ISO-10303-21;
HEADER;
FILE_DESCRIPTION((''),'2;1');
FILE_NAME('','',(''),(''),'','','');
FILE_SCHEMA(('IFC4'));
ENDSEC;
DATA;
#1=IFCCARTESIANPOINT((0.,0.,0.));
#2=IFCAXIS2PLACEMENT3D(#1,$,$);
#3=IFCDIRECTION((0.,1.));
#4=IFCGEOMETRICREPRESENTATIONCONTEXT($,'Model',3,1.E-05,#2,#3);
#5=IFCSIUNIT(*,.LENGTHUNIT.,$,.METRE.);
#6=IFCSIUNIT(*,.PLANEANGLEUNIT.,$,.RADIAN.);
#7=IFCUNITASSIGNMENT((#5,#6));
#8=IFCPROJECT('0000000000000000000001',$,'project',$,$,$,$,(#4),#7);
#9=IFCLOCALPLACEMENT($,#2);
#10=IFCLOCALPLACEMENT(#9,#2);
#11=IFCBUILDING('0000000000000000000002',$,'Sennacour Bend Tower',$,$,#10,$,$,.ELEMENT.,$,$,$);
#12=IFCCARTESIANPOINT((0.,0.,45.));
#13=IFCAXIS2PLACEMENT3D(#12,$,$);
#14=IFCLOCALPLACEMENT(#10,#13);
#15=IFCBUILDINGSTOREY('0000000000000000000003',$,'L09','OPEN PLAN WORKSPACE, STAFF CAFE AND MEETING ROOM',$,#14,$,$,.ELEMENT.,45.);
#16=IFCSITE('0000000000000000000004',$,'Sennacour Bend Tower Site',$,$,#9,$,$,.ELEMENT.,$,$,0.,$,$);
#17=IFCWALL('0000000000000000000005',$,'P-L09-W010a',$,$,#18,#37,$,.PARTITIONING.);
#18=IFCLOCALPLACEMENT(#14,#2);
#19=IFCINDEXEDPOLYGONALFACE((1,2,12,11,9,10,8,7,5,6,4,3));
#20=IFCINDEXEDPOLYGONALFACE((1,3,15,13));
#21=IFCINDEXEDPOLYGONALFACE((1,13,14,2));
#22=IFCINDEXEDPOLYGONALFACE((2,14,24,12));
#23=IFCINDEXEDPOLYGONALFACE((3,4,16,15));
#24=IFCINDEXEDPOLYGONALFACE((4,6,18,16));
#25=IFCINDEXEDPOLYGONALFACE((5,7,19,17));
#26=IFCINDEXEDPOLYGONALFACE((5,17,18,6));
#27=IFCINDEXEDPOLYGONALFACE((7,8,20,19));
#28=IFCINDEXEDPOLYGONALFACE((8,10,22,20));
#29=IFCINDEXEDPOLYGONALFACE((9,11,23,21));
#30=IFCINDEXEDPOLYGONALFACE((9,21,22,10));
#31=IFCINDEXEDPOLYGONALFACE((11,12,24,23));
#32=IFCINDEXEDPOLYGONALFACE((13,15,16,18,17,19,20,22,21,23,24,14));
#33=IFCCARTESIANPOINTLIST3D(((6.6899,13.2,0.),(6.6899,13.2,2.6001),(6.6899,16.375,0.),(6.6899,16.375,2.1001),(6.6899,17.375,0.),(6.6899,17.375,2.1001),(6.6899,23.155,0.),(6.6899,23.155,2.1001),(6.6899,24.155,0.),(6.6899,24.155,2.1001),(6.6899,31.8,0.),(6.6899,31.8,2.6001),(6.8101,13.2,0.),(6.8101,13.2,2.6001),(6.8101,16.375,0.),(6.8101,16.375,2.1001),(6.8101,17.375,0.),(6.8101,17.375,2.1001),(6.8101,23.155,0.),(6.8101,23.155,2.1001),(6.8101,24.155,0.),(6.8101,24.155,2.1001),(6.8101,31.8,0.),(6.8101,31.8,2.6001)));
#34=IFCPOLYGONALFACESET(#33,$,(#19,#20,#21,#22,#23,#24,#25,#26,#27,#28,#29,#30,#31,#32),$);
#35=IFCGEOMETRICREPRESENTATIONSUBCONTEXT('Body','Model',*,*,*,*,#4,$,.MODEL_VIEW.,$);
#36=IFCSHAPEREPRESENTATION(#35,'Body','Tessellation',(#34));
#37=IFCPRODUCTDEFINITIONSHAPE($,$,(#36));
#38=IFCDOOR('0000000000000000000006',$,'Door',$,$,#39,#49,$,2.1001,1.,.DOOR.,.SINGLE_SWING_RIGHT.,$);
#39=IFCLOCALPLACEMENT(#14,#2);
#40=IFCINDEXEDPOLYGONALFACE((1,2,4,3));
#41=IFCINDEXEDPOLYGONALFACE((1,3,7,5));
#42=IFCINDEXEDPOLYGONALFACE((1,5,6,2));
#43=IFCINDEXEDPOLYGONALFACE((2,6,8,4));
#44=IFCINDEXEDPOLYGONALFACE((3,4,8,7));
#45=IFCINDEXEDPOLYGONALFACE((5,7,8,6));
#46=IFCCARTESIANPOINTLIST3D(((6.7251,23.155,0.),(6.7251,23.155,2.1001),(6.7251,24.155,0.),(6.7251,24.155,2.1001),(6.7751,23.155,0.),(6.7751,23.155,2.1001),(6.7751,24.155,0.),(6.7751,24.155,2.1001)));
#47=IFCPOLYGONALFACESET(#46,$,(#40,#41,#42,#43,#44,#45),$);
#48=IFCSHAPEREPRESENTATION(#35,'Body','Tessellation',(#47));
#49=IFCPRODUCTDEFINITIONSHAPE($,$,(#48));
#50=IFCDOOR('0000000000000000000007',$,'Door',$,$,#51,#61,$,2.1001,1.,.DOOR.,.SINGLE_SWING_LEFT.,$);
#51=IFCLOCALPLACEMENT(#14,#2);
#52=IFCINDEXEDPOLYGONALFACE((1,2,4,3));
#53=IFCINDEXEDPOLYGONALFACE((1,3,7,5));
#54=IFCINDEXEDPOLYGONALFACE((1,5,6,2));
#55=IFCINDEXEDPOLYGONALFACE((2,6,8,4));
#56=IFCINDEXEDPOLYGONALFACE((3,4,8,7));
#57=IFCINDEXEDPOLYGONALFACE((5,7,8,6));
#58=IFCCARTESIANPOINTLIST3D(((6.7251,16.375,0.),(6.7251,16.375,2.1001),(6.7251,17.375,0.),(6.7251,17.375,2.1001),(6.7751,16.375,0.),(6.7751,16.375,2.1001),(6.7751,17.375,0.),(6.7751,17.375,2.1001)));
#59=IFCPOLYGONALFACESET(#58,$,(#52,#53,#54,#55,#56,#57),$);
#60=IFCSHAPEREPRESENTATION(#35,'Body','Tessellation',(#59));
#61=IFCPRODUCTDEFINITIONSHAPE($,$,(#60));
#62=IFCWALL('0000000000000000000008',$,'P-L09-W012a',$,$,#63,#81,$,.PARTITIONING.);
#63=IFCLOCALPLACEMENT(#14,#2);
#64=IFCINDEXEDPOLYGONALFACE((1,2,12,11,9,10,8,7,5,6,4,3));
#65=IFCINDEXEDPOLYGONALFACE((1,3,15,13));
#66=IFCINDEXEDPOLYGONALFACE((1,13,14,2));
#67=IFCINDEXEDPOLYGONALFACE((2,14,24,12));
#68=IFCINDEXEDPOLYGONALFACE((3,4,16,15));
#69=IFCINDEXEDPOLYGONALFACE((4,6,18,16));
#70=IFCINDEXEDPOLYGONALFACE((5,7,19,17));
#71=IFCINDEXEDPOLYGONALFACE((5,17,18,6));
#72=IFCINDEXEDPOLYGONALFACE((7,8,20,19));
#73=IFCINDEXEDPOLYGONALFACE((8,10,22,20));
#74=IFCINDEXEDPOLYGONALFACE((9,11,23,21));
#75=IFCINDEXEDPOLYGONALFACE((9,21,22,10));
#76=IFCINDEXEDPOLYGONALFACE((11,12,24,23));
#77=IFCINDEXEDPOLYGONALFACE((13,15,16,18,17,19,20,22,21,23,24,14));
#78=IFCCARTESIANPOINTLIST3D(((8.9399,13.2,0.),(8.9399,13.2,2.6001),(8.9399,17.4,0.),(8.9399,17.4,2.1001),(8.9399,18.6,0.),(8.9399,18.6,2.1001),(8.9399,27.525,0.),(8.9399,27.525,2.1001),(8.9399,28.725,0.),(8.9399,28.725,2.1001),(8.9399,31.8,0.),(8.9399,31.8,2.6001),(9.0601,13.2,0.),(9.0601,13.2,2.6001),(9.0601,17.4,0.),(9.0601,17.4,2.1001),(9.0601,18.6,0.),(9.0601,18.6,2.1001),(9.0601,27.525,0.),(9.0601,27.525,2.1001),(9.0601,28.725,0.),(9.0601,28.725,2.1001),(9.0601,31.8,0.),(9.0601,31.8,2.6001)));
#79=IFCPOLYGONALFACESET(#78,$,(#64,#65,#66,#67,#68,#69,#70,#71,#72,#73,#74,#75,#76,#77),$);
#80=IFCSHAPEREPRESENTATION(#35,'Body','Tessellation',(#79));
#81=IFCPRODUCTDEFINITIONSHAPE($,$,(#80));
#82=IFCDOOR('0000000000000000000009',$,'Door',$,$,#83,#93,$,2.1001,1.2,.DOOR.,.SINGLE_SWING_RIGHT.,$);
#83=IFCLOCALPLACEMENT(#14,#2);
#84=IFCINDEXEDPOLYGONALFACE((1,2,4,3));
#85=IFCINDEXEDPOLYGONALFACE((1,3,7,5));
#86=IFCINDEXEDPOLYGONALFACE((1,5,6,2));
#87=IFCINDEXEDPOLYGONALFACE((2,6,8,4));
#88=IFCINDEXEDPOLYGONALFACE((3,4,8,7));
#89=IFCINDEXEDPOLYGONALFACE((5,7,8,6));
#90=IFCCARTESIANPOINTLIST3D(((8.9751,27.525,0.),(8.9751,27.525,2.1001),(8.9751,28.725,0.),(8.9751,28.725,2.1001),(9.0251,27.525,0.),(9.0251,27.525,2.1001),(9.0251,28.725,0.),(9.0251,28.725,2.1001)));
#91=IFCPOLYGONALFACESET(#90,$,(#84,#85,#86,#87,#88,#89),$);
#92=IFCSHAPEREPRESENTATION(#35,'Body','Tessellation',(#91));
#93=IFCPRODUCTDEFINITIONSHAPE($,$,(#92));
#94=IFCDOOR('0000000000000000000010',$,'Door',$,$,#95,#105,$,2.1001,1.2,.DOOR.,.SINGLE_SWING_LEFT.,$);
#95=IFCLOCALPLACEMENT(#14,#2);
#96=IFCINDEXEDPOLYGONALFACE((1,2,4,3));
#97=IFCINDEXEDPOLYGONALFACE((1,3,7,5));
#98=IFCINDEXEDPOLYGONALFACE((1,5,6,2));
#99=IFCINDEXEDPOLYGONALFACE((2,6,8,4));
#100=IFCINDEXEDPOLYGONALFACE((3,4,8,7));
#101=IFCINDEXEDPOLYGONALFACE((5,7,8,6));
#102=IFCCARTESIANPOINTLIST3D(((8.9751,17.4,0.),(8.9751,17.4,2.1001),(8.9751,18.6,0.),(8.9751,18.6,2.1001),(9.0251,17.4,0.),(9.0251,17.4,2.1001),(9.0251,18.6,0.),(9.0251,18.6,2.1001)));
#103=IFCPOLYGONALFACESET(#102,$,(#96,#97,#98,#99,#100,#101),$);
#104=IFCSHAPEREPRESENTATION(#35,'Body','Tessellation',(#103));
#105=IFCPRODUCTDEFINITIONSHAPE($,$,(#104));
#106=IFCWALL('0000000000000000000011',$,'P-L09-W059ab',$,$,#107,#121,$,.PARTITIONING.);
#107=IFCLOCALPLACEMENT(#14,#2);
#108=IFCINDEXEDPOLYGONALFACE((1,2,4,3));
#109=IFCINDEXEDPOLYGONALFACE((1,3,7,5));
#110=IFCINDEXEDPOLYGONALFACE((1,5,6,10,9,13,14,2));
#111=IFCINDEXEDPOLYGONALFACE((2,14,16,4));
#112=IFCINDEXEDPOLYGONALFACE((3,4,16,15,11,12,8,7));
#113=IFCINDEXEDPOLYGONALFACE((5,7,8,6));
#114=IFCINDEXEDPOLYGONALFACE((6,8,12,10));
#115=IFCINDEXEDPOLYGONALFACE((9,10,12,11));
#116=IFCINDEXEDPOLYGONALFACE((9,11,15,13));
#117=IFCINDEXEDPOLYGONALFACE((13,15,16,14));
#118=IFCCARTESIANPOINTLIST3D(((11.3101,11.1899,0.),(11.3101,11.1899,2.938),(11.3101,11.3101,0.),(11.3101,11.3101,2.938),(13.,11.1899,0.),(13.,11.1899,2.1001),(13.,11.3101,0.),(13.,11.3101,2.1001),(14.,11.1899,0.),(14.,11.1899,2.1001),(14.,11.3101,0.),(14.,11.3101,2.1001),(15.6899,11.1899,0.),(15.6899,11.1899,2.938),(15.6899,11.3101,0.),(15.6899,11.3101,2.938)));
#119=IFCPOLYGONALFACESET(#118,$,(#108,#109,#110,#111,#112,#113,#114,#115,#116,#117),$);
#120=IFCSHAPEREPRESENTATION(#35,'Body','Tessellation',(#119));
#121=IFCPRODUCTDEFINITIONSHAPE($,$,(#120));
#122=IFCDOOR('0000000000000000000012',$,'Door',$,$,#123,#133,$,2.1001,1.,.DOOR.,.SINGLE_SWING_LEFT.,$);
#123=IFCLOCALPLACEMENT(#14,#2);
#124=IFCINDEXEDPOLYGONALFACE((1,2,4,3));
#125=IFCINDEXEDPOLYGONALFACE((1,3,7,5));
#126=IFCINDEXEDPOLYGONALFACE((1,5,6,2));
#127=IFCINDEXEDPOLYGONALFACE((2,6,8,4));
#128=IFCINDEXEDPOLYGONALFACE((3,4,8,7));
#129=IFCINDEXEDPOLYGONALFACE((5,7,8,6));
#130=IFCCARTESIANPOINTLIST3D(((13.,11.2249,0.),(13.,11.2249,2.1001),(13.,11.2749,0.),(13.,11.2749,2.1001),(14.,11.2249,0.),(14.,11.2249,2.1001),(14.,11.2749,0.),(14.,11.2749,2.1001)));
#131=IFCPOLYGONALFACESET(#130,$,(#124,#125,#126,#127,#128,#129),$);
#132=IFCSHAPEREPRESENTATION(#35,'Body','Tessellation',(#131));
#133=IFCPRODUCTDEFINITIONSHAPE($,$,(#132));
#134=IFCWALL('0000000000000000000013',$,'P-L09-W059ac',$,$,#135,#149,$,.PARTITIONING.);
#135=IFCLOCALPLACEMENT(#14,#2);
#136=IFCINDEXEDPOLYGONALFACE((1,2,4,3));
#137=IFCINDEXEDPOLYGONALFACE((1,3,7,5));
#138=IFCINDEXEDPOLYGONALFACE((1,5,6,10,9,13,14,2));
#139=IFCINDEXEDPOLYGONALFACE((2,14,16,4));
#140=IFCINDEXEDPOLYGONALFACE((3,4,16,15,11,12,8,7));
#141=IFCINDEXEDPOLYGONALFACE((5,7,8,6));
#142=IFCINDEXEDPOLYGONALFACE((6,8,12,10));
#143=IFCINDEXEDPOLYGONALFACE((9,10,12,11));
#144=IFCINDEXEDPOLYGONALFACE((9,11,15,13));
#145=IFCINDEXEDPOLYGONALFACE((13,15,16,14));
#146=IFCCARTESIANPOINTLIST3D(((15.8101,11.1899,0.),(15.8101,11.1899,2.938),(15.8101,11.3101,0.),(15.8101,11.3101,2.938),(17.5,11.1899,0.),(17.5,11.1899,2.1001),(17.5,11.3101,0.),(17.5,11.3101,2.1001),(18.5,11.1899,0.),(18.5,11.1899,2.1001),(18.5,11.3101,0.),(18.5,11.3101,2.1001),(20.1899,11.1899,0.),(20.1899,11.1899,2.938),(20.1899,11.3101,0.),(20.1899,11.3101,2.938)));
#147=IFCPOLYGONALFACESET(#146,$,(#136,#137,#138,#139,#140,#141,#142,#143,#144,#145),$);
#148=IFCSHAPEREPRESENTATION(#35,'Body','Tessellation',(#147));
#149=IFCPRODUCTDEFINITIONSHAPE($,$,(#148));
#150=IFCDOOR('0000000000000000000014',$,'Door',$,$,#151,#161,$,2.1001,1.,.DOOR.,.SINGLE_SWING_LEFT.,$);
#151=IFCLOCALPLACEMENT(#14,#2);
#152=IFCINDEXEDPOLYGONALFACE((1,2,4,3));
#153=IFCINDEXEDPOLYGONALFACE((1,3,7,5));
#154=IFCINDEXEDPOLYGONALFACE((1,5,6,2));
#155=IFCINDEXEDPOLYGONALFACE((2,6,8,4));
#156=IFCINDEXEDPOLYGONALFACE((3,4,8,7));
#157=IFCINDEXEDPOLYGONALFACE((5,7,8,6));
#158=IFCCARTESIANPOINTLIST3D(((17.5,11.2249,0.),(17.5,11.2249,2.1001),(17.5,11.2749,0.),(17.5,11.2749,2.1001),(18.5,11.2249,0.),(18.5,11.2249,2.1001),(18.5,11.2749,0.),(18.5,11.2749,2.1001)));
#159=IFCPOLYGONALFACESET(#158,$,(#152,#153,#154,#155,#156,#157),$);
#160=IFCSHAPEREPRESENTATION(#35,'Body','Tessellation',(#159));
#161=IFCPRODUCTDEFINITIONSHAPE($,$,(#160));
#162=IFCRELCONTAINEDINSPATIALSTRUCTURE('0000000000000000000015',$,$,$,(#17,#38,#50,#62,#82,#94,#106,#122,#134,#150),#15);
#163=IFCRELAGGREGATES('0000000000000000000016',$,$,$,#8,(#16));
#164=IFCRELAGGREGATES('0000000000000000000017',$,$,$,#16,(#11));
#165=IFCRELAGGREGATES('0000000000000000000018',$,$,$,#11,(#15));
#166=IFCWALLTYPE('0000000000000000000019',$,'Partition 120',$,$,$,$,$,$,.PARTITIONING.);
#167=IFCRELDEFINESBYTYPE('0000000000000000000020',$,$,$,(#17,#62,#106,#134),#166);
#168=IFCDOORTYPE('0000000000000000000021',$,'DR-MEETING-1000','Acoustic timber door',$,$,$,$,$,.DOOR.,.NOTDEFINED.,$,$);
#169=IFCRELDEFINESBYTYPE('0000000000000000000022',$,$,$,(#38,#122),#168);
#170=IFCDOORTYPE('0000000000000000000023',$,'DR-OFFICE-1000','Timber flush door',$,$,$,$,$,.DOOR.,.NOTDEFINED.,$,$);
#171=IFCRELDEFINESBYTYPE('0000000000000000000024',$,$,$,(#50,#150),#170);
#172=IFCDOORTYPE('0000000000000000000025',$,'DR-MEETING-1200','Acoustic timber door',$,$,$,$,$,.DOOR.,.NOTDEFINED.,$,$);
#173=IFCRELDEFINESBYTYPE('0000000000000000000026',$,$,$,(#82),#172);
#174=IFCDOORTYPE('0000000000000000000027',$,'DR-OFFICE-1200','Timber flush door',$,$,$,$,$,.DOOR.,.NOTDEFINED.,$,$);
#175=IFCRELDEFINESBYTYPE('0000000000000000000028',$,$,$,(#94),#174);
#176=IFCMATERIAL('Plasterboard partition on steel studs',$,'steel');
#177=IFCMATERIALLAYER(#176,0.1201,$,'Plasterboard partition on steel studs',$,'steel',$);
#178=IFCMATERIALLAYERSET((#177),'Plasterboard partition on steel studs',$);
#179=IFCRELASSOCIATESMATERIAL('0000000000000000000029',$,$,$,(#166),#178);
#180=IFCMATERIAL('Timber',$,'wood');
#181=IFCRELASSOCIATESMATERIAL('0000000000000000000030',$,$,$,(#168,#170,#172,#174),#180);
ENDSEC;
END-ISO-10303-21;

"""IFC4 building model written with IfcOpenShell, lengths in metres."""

from ifc_helpers import new_model, si_unit, direction, frame, frame_2d, origin, place, context, subcontext, project, spatial, rectangle, extrude, material, layer, layer_set, type_object, element, fill, save


model = new_model("IFC4")

# Units and contexts
model_context = context("Model", 3, precision=1e-05, world=origin(), true_north=direction((0.0, 1.0)))
body_context = subcontext(model_context, "Body", "Model", "MODEL_VIEW")
ifc_project = project(units=[si_unit("LENGTHUNIT", "METRE"), si_unit("PLANEANGLEUNIT", "RADIAN")], contexts=[model_context])

# Site, building, storey
site_placement = place(None, origin())
site = spatial("IfcSite", under=ifc_project, at=site_placement, Name="Sennacour Bend Tower Site", CompositionType="ELEMENT", RefElevation=0.0)
building_placement = place(site_placement, origin())
building = spatial("IfcBuilding", under=site, at=building_placement, Name="Sennacour Bend Tower", CompositionType="ELEMENT")
storey_placement = place(building_placement, frame((0.0, 0.0, 45.0)))
storey = spatial("IfcBuildingStorey", under=building, at=storey_placement, Name="L09", Description="OPEN PLAN WORKSPACE, STAFF CAFE AND MEETING ROOM", CompositionType="ELEMENT", Elevation=45.0)

# Walls, openings, doors
ifc_material_1 = material(Name="Plasterboard partition on steel studs", Category="steel")
ifc_layer_1 = layer(ifc_material_1, 0.1201, Name="Plasterboard partition on steel studs", Category="steel")
ifc_layer_set_1 = layer_set([ifc_layer_1], Name="Plasterboard partition on steel studs")
wall_type_1 = type_object("IfcWallType", Name="Partition 120", PredefinedType="PARTITIONING", material=ifc_layer_set_1)
wall_1_placement = place(storey_placement, frame((6.75, 13.2, 0.0), z_axis=(0.0, 0.0, 1.0), x_axis=(0.0, 1.0, 0.0)))
wall_1 = element("IfcWall", 1, at=wall_1_placement, inside=storey, type_object=wall_type_1, Name="P-L09-W010a", PredefinedType="PARTITIONING", context=body_context, shape_type="SweptSolid", body=[
    extrude(rectangle(XDim=18.6001, YDim=0.1201, at=frame_2d((9.3, 0.0))), origin(), (0.0, 0.0, 1.0), 2.6001),
])
opening_1_placement = place(wall_1_placement, frame((3.175, 0.0, 0.0)))
opening_1 = element("IfcOpeningElement", 2, at=opening_1_placement, cuts=wall_1, PredefinedType="OPENING", context=body_context, shape_type="SweptSolid", body=[
    extrude(rectangle(XDim=1.0, YDim=2.1001, at=frame_2d((0.5, 1.05))), frame((0.0, 0.0701, 0.0), z_axis=(0.0, -1.0, 0.0), x_axis=(1.0, 0.0, 0.0)), (0.0, 0.0, 1.0), 0.1401),
])
opening_2_placement = place(wall_1_placement, frame((9.9551, 0.0, 0.0)))
opening_2 = element("IfcOpeningElement", 3, at=opening_2_placement, cuts=wall_1, PredefinedType="OPENING", context=body_context, shape_type="SweptSolid", body=[
    extrude(rectangle(XDim=1.0, YDim=2.1001, at=frame_2d((0.5, 1.05))), frame((0.0, 0.0701, 0.0), z_axis=(0.0, -1.0, 0.0), x_axis=(1.0, 0.0, 0.0)), (0.0, 0.0, 1.0), 0.1401),
])
ifc_material_2 = material(Name="Timber", Category="wood")
door_type_1 = type_object("IfcDoorType", Name="DR-MEETING-1000", Description="Acoustic timber door", OperationType="NOTDEFINED", PredefinedType="DOOR", material=ifc_material_2)
door_1_placement = place(opening_2_placement, origin())
door_1 = element("IfcDoor", 4, at=door_1_placement, inside=storey, type_object=door_type_1, Name="Door", OperationType="SINGLE_SWING_RIGHT", OverallHeight=2.1001, OverallWidth=1.0, PredefinedType="DOOR", context=body_context, shape_type="SweptSolid", body=[
    extrude(rectangle(XDim=1.0, YDim=2.1001, at=frame_2d((0.5, 1.05))), frame((0.0, 0.0249, 0.0), z_axis=(0.0, -1.0, 0.0), x_axis=(1.0, 0.0, 0.0)), (0.0, 0.0, 1.0), 0.05),
])
fill(opening_2, door_1)
door_type_2 = type_object("IfcDoorType", Name="DR-OFFICE-1000", Description="Timber flush door", OperationType="NOTDEFINED", PredefinedType="DOOR", material=ifc_material_2)
door_2_placement = place(opening_1_placement, origin())
door_2 = element("IfcDoor", 5, at=door_2_placement, inside=storey, type_object=door_type_2, Name="Door", OperationType="SINGLE_SWING_LEFT", OverallHeight=2.1001, OverallWidth=1.0, PredefinedType="DOOR", context=body_context, shape_type="SweptSolid", body=[
    extrude(rectangle(XDim=1.0, YDim=2.1001, at=frame_2d((0.5, 1.05))), frame((0.0, 0.0249, 0.0), z_axis=(0.0, -1.0, 0.0), x_axis=(1.0, 0.0, 0.0)), (0.0, 0.0, 1.0), 0.05),
])
fill(opening_1, door_2)
wall_2_placement = place(storey_placement, frame((9.0, 13.2, 0.0), z_axis=(0.0, 0.0, 1.0), x_axis=(0.0, 1.0, 0.0)))
wall_2 = element("IfcWall", 6, at=wall_2_placement, inside=storey, type_object=wall_type_1, Name="P-L09-W012a", PredefinedType="PARTITIONING", context=body_context, shape_type="SweptSolid", body=[
    extrude(rectangle(XDim=18.6001, YDim=0.1201, at=frame_2d((9.3, 0.0))), origin(), (0.0, 0.0, 1.0), 2.6001),
])
opening_3_placement = place(wall_2_placement, frame((14.325, 0.0, 0.0)))
opening_3 = element("IfcOpeningElement", 7, at=opening_3_placement, cuts=wall_2, PredefinedType="OPENING", context=body_context, shape_type="SweptSolid", body=[
    extrude(rectangle(XDim=1.2, YDim=2.1001, at=frame_2d((0.6001, 1.05))), frame((0.0, 0.0701, 0.0), z_axis=(0.0, -1.0, 0.0), x_axis=(1.0, 0.0, 0.0)), (0.0, 0.0, 1.0), 0.1401),
])
opening_4_placement = place(wall_2_placement, frame((4.2, 0.0, 0.0)))
opening_4 = element("IfcOpeningElement", 8, at=opening_4_placement, cuts=wall_2, PredefinedType="OPENING", context=body_context, shape_type="SweptSolid", body=[
    extrude(rectangle(XDim=1.2, YDim=2.1001, at=frame_2d((0.6001, 1.05))), frame((0.0, 0.0701, 0.0), z_axis=(0.0, -1.0, 0.0), x_axis=(1.0, 0.0, 0.0)), (0.0, 0.0, 1.0), 0.1401),
])
door_type_3 = type_object("IfcDoorType", Name="DR-MEETING-1200", Description="Acoustic timber door", OperationType="NOTDEFINED", PredefinedType="DOOR", material=ifc_material_2)
door_3_placement = place(opening_3_placement, origin())
door_3 = element("IfcDoor", 9, at=door_3_placement, inside=storey, type_object=door_type_3, Name="Door", OperationType="SINGLE_SWING_RIGHT", OverallHeight=2.1001, OverallWidth=1.2, PredefinedType="DOOR", context=body_context, shape_type="SweptSolid", body=[
    extrude(rectangle(XDim=1.2, YDim=2.1001, at=frame_2d((0.6001, 1.05))), frame((0.0, 0.0249, 0.0), z_axis=(0.0, -1.0, 0.0), x_axis=(1.0, 0.0, 0.0)), (0.0, 0.0, 1.0), 0.05),
])
fill(opening_3, door_3)
door_type_4 = type_object("IfcDoorType", Name="DR-OFFICE-1200", Description="Timber flush door", OperationType="NOTDEFINED", PredefinedType="DOOR", material=ifc_material_2)
door_4_placement = place(opening_4_placement, origin())
door_4 = element("IfcDoor", 10, at=door_4_placement, inside=storey, type_object=door_type_4, Name="Door", OperationType="SINGLE_SWING_LEFT", OverallHeight=2.1001, OverallWidth=1.2, PredefinedType="DOOR", context=body_context, shape_type="SweptSolid", body=[
    extrude(rectangle(XDim=1.2, YDim=2.1001, at=frame_2d((0.6001, 1.05))), frame((0.0, 0.0249, 0.0), z_axis=(0.0, -1.0, 0.0), x_axis=(1.0, 0.0, 0.0)), (0.0, 0.0, 1.0), 0.05),
])
fill(opening_4, door_4)

# Walls, openings, doors
wall_3_placement = place(storey_placement, frame((11.3101, 11.25, 0.0), z_axis=(0.0, 0.0, 1.0), x_axis=(1.0, 0.0, 0.0)))
wall_3 = element("IfcWall", 11, at=wall_3_placement, inside=storey, type_object=wall_type_1, Name="P-L09-W059ab", PredefinedType="PARTITIONING", context=body_context, shape_type="SweptSolid", body=[
    extrude(rectangle(XDim=4.3799, YDim=0.1201, at=frame_2d((2.1899, 0.0))), origin(), (0.0, 0.0, 1.0), 2.938),
])
opening_5_placement = place(wall_3_placement, frame((1.6899, 0.0, 0.0)))
opening_5 = element("IfcOpeningElement", 12, at=opening_5_placement, cuts=wall_3, PredefinedType="OPENING", context=body_context, shape_type="SweptSolid", body=[
    extrude(rectangle(XDim=1.0, YDim=2.1001, at=frame_2d((0.5, 1.05))), frame((0.0, 0.0701, 0.0), z_axis=(0.0, -1.0, 0.0), x_axis=(1.0, 0.0, 0.0)), (0.0, 0.0, 1.0), 0.1401),
])
door_5_placement = place(opening_5_placement, origin())
door_5 = element("IfcDoor", 13, at=door_5_placement, inside=storey, type_object=door_type_1, Name="Door", OperationType="SINGLE_SWING_LEFT", OverallHeight=2.1001, OverallWidth=1.0, PredefinedType="DOOR", context=body_context, shape_type="SweptSolid", body=[
    extrude(rectangle(XDim=1.0, YDim=2.1001, at=frame_2d((0.5, 1.05))), frame((0.0, 0.0249, 0.0), z_axis=(0.0, -1.0, 0.0), x_axis=(1.0, 0.0, 0.0)), (0.0, 0.0, 1.0), 0.05),
])
fill(opening_5, door_5)
wall_4_placement = place(storey_placement, frame((15.8101, 11.25, 0.0), z_axis=(0.0, 0.0, 1.0), x_axis=(1.0, 0.0, 0.0)))
wall_4 = element("IfcWall", 14, at=wall_4_placement, inside=storey, type_object=wall_type_1, Name="P-L09-W059ac", PredefinedType="PARTITIONING", context=body_context, shape_type="SweptSolid", body=[
    extrude(rectangle(XDim=4.3799, YDim=0.1201, at=frame_2d((2.1899, 0.0))), origin(), (0.0, 0.0, 1.0), 2.938),
])
opening_6_placement = place(wall_4_placement, frame((1.6899, 0.0, 0.0)))
opening_6 = element("IfcOpeningElement", 15, at=opening_6_placement, cuts=wall_4, PredefinedType="OPENING", context=body_context, shape_type="SweptSolid", body=[
    extrude(rectangle(XDim=1.0, YDim=2.1001, at=frame_2d((0.5, 1.05))), frame((0.0, 0.0701, 0.0), z_axis=(0.0, -1.0, 0.0), x_axis=(1.0, 0.0, 0.0)), (0.0, 0.0, 1.0), 0.1401),
])
door_6_placement = place(opening_6_placement, origin())
door_6 = element("IfcDoor", 16, at=door_6_placement, inside=storey, type_object=door_type_2, Name="Door", OperationType="SINGLE_SWING_LEFT", OverallHeight=2.1001, OverallWidth=1.0, PredefinedType="DOOR", context=body_context, shape_type="SweptSolid", body=[
    extrude(rectangle(XDim=1.0, YDim=2.1001, at=frame_2d((0.5, 1.05))), frame((0.0, 0.0249, 0.0), z_axis=(0.0, -1.0, 0.0), x_axis=(1.0, 0.0, 0.0)), (0.0, 0.0, 1.0), 0.05),
])
fill(opening_6, door_6)

save(model, "model.ifc")
